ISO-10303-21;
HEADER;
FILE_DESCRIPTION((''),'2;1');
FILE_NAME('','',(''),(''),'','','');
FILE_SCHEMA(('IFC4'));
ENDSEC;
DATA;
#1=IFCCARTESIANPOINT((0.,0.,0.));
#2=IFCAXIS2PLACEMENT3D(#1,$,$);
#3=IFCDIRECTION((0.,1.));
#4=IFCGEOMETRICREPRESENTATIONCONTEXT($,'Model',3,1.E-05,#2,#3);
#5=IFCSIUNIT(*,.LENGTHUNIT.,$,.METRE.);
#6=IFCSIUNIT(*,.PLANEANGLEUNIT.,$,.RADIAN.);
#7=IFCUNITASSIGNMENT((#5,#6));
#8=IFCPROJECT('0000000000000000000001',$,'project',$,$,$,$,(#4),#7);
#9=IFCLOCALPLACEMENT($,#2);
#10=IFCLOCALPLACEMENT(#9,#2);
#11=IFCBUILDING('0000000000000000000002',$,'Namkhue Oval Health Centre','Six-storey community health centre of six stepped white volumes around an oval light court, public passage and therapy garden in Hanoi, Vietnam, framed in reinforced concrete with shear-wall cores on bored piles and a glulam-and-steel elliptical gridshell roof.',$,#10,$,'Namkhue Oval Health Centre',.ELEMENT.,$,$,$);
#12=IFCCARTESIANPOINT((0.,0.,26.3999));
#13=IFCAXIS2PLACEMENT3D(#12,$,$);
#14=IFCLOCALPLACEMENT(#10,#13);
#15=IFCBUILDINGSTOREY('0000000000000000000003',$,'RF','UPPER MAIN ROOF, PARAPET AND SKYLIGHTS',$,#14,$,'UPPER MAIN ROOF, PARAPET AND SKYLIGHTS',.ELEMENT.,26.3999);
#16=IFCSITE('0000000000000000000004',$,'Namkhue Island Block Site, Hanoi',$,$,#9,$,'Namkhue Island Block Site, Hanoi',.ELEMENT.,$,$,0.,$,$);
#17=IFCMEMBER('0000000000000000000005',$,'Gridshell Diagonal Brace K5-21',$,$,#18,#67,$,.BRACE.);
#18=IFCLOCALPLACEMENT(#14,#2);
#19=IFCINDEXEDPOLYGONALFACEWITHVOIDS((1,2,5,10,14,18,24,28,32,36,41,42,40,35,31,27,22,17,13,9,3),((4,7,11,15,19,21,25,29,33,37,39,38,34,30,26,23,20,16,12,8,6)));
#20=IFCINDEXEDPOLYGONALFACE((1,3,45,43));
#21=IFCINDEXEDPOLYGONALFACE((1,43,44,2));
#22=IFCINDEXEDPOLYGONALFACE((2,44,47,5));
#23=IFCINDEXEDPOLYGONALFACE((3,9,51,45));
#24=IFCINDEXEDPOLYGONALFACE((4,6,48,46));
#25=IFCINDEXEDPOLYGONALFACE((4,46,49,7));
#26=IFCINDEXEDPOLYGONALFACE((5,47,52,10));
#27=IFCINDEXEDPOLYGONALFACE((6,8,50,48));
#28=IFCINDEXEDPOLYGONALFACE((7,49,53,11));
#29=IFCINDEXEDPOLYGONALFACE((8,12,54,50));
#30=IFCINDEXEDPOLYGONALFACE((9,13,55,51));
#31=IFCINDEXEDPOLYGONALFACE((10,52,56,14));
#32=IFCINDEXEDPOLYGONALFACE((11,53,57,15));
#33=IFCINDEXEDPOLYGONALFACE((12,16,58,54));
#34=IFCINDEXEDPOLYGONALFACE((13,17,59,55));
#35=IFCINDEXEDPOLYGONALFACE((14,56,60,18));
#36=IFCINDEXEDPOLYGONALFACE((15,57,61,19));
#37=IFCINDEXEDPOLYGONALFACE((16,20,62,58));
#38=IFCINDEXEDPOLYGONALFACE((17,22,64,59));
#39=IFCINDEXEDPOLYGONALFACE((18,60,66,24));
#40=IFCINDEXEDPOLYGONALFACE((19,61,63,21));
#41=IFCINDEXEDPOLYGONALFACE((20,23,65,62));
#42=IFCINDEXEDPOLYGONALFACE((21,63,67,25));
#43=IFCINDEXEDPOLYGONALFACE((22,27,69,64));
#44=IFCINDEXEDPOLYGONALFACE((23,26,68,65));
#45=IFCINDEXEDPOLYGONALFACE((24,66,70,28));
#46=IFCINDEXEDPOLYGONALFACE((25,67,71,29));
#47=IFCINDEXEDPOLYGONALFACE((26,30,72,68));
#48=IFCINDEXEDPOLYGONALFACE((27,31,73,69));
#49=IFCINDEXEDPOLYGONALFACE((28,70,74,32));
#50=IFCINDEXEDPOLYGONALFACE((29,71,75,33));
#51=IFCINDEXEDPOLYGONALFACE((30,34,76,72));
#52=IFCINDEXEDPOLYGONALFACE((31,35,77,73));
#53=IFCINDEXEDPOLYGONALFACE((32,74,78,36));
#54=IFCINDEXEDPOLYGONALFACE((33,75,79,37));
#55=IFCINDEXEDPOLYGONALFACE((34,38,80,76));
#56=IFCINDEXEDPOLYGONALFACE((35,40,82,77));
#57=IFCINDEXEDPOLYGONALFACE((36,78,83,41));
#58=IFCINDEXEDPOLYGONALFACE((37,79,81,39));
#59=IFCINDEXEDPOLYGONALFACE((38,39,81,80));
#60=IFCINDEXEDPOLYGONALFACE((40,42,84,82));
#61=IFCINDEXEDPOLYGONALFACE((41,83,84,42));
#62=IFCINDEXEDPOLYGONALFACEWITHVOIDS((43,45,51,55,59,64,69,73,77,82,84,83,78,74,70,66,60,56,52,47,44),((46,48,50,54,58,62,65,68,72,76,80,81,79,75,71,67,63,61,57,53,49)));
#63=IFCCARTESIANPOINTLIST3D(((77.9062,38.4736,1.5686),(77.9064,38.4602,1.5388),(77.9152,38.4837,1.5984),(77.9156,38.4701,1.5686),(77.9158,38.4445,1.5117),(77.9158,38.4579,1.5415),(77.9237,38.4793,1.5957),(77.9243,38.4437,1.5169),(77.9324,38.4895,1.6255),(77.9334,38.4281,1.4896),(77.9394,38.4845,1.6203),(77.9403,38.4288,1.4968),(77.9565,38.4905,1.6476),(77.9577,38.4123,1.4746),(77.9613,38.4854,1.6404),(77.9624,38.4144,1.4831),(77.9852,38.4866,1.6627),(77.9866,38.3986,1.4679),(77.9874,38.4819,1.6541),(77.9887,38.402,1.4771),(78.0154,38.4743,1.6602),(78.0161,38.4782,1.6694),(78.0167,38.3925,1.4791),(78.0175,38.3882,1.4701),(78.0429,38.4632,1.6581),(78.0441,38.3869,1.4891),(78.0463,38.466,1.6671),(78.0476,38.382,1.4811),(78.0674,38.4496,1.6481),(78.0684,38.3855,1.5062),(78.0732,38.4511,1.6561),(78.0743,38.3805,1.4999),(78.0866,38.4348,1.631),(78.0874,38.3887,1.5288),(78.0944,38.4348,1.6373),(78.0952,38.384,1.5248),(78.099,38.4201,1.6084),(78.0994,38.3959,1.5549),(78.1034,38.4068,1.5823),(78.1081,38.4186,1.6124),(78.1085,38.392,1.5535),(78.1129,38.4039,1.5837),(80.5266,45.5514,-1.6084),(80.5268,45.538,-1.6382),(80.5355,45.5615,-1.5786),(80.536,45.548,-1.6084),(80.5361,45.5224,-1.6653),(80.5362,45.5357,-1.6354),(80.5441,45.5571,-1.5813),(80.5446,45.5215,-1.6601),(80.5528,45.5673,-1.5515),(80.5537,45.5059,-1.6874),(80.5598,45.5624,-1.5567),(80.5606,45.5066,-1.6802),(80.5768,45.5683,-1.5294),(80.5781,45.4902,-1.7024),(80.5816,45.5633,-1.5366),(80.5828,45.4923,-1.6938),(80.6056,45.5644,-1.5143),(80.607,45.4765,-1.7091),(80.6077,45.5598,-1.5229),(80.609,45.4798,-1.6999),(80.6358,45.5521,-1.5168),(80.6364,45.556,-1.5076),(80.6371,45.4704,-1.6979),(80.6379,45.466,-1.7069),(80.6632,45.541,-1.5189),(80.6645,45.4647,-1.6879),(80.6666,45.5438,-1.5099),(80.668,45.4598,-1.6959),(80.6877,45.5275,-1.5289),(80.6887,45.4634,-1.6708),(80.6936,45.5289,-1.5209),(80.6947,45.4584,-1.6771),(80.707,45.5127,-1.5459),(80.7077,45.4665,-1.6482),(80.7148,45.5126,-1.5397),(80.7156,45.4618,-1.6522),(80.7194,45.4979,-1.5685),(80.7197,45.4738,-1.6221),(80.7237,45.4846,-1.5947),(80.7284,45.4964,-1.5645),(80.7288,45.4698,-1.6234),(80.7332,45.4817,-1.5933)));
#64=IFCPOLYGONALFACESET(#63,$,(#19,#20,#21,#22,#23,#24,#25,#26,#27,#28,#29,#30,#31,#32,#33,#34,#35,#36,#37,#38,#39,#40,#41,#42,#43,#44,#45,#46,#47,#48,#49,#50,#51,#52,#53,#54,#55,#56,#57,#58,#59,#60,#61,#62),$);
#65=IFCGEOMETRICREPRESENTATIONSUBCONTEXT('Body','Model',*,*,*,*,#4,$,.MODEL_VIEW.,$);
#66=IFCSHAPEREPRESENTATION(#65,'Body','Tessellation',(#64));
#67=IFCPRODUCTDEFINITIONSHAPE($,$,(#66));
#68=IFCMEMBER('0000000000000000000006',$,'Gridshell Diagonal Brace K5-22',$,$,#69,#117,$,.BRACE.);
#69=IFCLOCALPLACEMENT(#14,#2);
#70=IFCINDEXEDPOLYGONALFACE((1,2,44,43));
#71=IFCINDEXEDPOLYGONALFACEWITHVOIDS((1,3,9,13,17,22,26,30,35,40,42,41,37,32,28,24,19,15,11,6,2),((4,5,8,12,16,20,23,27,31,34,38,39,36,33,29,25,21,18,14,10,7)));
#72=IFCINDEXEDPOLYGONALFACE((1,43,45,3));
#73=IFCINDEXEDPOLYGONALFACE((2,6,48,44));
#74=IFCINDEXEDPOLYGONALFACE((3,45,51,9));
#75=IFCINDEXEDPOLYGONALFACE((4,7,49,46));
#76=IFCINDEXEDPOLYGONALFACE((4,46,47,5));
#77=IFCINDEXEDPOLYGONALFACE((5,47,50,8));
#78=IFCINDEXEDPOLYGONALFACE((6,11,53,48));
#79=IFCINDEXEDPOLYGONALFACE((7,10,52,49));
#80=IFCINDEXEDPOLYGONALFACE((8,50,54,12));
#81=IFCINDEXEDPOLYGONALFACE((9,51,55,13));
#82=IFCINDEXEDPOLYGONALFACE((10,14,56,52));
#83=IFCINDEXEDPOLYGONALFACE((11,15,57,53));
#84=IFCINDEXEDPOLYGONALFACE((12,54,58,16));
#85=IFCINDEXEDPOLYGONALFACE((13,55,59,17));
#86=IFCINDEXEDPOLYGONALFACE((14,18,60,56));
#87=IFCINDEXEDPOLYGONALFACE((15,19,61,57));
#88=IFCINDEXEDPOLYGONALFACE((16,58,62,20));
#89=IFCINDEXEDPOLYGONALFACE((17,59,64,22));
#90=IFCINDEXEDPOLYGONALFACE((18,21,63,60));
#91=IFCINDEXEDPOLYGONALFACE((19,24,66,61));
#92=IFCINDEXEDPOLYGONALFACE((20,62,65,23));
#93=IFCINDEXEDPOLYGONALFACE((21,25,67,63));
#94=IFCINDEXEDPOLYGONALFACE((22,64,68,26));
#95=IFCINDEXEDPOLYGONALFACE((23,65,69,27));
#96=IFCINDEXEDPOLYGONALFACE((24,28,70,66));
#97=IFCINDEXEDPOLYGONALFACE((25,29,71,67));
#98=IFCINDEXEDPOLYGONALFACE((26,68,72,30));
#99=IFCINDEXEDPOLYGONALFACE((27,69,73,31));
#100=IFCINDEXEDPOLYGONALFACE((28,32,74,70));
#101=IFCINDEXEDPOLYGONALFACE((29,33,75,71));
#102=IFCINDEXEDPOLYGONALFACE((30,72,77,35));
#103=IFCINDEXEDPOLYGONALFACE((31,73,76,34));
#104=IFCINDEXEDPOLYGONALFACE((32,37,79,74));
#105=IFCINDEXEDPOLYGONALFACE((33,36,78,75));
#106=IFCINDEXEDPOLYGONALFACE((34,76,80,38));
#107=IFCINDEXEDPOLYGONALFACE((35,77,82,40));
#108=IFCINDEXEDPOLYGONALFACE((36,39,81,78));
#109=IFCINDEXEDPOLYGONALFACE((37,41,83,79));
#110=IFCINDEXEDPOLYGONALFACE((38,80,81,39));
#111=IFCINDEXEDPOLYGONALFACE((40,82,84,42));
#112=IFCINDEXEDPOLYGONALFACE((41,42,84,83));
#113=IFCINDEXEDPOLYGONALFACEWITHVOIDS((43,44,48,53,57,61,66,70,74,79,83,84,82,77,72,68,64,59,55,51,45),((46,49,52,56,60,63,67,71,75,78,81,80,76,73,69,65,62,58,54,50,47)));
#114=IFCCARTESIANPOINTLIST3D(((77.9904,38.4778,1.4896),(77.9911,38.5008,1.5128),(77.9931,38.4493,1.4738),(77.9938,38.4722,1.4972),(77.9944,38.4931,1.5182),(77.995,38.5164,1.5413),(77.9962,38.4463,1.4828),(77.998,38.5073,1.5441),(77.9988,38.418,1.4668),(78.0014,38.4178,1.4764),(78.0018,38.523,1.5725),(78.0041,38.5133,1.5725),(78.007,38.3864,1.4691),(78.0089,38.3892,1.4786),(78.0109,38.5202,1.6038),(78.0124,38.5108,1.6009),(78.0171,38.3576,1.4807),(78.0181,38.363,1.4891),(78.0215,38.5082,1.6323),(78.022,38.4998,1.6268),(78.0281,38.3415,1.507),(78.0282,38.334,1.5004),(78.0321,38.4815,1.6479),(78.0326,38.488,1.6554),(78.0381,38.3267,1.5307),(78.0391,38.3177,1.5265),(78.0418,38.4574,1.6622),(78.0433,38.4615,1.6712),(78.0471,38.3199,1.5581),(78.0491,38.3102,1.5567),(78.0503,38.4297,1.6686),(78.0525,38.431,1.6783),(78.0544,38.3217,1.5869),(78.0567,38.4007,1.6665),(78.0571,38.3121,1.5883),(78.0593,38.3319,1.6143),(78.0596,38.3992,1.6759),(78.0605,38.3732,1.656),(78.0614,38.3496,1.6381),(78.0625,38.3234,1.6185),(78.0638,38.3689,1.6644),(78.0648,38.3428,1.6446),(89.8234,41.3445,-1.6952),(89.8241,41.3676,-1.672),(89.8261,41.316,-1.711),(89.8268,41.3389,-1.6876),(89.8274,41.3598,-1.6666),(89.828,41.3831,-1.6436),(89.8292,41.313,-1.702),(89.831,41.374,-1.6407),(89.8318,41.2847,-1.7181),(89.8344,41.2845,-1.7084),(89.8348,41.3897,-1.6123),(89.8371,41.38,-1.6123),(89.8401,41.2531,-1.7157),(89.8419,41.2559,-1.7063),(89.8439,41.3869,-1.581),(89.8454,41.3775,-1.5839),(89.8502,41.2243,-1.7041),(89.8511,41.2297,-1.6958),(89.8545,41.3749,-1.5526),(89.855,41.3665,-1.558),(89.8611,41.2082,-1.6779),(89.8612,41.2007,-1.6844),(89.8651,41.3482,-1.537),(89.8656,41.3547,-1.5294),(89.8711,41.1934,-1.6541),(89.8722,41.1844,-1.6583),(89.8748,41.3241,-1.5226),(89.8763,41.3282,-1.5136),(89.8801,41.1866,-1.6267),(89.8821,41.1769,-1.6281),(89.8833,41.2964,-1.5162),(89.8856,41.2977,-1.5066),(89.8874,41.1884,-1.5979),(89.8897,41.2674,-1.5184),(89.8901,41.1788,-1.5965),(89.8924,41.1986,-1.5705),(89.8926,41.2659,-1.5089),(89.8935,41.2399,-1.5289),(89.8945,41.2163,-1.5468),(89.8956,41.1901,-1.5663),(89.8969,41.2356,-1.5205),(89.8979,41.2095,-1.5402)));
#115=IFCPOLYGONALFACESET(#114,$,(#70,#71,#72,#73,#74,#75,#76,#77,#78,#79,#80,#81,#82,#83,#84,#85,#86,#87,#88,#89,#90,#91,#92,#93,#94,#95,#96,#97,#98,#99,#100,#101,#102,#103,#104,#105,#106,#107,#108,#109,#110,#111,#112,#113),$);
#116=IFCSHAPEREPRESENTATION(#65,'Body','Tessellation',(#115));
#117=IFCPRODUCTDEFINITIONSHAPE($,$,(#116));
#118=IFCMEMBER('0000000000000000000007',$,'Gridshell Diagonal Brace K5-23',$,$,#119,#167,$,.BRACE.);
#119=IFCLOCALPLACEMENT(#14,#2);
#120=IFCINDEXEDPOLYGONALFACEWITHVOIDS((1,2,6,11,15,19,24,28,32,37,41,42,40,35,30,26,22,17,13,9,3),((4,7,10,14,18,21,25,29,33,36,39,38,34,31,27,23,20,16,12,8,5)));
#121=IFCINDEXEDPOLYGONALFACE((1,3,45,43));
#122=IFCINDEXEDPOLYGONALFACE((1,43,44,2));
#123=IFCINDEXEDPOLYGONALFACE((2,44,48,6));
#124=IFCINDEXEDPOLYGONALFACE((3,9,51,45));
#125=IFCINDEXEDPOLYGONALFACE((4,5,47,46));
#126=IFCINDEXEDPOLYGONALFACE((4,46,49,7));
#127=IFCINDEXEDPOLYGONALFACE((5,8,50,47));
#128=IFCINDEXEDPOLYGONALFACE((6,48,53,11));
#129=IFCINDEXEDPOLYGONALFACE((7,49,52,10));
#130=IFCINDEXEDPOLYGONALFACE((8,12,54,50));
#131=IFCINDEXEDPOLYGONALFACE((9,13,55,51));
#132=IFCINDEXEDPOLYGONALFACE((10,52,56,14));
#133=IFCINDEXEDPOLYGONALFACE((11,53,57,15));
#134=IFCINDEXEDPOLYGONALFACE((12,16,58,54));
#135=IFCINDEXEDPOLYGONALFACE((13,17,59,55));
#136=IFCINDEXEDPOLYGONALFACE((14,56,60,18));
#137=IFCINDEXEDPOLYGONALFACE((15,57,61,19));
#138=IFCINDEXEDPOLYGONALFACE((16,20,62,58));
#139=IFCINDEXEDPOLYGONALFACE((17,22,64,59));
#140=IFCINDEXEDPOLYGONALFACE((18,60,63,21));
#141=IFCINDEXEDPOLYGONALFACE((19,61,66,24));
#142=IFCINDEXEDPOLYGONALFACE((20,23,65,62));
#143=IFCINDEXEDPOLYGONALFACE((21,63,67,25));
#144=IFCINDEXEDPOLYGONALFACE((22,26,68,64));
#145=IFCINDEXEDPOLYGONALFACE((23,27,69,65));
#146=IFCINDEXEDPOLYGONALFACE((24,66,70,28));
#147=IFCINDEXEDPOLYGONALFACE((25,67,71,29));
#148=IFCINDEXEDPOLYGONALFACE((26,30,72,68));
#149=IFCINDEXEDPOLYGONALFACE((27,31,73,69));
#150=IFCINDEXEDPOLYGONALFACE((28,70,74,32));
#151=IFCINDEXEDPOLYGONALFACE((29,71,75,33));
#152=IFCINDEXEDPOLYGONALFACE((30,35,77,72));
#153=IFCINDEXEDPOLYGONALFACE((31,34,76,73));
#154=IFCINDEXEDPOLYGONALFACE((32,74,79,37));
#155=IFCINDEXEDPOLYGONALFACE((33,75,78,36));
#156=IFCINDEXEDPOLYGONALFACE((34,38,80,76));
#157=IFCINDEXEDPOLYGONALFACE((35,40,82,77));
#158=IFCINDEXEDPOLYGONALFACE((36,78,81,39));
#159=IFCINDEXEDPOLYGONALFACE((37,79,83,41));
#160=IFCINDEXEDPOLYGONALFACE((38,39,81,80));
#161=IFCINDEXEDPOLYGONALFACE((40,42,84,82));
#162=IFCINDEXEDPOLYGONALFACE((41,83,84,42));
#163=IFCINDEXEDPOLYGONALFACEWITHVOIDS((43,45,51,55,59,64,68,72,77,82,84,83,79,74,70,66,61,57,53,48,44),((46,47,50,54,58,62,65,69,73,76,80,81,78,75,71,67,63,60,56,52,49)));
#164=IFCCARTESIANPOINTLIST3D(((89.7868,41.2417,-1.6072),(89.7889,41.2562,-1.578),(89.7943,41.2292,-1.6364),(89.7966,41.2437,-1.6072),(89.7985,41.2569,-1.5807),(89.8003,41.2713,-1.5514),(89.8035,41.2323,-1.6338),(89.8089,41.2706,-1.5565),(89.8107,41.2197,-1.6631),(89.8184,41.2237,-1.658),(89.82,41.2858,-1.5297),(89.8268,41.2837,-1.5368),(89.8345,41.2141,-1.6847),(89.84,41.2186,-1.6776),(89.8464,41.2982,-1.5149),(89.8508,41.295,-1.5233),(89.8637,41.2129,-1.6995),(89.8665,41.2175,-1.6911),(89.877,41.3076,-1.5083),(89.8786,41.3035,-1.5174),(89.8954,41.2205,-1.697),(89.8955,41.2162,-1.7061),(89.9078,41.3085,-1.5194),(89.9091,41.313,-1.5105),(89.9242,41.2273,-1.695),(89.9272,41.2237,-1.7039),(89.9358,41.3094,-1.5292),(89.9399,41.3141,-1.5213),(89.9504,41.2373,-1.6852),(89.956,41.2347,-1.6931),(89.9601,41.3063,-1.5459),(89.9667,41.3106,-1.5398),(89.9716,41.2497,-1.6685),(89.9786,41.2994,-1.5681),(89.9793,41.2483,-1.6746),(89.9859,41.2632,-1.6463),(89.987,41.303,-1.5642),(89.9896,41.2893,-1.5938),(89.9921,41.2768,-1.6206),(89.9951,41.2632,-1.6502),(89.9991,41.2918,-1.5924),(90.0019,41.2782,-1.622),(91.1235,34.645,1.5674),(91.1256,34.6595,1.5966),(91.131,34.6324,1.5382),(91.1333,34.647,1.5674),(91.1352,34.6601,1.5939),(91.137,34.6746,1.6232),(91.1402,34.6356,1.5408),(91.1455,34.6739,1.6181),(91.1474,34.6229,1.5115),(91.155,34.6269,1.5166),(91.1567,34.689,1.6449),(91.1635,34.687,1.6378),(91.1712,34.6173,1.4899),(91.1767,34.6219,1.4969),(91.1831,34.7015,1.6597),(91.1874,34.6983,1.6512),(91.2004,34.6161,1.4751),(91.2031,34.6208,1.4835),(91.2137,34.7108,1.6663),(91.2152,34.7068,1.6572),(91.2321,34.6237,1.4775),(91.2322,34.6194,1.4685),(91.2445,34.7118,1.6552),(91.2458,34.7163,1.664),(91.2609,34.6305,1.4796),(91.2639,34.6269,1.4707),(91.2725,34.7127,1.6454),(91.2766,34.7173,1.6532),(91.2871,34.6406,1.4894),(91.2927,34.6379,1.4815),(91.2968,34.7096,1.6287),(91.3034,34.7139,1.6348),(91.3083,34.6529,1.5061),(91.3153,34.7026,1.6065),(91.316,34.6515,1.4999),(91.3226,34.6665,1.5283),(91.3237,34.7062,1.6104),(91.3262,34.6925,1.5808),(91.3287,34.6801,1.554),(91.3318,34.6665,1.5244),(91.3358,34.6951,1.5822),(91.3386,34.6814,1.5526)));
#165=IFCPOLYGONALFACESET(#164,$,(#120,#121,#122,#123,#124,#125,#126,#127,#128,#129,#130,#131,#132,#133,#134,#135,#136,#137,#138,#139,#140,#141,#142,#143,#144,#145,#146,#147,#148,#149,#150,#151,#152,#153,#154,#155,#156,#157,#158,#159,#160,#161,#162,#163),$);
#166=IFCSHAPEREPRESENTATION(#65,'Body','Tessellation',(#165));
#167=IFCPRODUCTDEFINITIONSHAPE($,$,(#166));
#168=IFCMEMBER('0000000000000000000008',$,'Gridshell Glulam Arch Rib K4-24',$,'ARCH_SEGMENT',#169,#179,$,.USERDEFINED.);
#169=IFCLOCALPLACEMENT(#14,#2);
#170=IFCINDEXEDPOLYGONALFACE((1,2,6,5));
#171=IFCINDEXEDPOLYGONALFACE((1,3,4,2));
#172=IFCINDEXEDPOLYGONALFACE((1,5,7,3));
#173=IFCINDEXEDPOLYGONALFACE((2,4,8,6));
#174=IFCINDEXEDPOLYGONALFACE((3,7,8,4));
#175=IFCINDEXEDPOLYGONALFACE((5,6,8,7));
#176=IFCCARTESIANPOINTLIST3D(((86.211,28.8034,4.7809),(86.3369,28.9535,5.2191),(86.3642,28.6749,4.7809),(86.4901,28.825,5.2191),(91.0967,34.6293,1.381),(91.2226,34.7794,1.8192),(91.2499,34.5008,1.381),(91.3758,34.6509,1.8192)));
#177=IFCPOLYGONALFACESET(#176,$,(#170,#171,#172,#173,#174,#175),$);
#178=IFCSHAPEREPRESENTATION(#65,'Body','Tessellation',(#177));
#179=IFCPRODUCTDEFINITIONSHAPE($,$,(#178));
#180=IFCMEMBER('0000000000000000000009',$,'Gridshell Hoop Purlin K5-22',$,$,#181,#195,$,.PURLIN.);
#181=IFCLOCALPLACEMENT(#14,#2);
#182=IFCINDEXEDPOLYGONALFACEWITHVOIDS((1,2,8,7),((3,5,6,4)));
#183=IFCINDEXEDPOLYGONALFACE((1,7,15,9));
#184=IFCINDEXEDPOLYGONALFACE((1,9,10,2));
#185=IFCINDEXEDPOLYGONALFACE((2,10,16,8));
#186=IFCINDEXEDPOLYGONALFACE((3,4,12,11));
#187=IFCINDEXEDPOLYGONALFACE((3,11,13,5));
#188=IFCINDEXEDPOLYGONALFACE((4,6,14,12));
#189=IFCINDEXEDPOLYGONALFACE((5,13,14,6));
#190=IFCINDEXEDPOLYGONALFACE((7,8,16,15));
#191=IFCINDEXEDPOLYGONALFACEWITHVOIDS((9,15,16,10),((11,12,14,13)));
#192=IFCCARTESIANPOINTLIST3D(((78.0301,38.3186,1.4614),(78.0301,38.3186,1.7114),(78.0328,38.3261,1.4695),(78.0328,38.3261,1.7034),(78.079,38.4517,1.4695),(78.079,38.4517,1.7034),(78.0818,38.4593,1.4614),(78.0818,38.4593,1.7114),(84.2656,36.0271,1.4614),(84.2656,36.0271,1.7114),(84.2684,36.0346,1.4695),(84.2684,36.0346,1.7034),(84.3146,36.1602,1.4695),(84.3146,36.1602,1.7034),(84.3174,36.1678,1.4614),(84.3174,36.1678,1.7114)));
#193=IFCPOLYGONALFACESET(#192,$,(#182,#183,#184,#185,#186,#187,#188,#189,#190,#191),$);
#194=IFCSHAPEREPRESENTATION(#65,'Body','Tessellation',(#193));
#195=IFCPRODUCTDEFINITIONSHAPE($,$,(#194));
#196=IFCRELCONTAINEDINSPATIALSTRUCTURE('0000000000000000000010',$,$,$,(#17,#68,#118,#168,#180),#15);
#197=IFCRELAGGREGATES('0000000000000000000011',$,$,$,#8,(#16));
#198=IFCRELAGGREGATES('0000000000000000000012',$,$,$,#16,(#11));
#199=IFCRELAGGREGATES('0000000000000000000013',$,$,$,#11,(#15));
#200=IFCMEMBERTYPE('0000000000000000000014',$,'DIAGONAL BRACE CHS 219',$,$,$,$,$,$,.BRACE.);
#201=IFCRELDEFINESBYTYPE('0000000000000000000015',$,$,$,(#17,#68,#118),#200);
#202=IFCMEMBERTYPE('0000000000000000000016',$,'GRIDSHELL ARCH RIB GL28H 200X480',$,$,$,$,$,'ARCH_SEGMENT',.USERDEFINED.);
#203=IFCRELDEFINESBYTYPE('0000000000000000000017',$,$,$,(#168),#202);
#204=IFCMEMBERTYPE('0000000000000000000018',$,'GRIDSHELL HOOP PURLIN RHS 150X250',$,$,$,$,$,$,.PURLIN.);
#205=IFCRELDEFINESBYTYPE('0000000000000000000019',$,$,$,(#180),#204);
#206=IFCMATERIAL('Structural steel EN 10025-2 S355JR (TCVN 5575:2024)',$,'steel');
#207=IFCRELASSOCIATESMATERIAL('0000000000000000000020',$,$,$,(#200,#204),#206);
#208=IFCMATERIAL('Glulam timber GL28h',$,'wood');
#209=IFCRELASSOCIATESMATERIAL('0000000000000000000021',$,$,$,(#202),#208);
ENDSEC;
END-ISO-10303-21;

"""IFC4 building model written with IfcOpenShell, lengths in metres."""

from ifc_helpers import new_model, si_unit, direction, frame, origin, origin_2d, place, context, subcontext, project, spatial, rectangle, hollow_rectangle, hollow_circle, extrude, material, material_profile, profile_set, type_object, element, save


model = new_model("IFC4")

# Units and contexts
model_context = context("Model", 3, precision=1e-05, world=origin(), true_north=direction((0.0, 1.0)))
body_context = subcontext(model_context, "Body", "Model", "MODEL_VIEW")
ifc_project = project(units=[si_unit("LENGTHUNIT", "METRE"), si_unit("PLANEANGLEUNIT", "RADIAN")], contexts=[model_context])

# Site, building, storey
site_placement = place(None, origin())
site = spatial("IfcSite", under=ifc_project, at=site_placement, Name="Namkhue Island Block Site, Hanoi", LongName="Namkhue Island Block Site, Hanoi", CompositionType="ELEMENT", RefElevation=0.0)
building_placement = place(site_placement, origin())
building = spatial("IfcBuilding", under=site, at=building_placement, Name="Namkhue Oval Health Centre", Description="Six-storey community health centre of six stepped white volumes around an oval light court, public passage and therapy garden in Hanoi, Vietnam, framed in reinforced concrete with shear-wall cores on bored piles and a glulam-and-steel elliptical gridshell roof.", LongName="Namkhue Oval Health Centre", CompositionType="ELEMENT")
storey_placement = place(building_placement, frame((0.0, 0.0, 26.3999)))
storey = spatial("IfcBuildingStorey", under=building, at=storey_placement, Name="RF", Description="UPPER MAIN ROOF, PARAPET AND SKYLIGHTS", LongName="UPPER MAIN ROOF, PARAPET AND SKYLIGHTS", CompositionType="ELEMENT", Elevation=26.3999)

# Members
ifc_material_1 = material(Name="Structural steel EN 10025-2 S355JR (TCVN 5575:2024)", Category="steel")
ifc_material_profile_1 = material_profile(ifc_material_1, hollow_circle(Radius=0.1096, WallThickness=0.01, at=origin_2d()), Name="CHS 219.1x10")
ifc_profile_set_1 = profile_set([ifc_material_profile_1], Name="Structural steel EN 10025-2 S355JR (TCVN 5575:2024)")
member_type_1 = type_object("IfcMemberType", Name="DIAGONAL BRACE CHS 219", PredefinedType="BRACE", material=ifc_profile_set_1)
member_1_placement = place(storey_placement, frame((78.009, 38.4355, 1.5686), z_axis=(0.319994, 0.864339, -0.38797), x_axis=(-0.937795, 0.347189, 0.0)))
element("IfcMember", 1, at=member_1_placement, inside=storey, type_object=member_type_1, Name="Gridshell Diagonal Brace K5-21", PredefinedType="BRACE", context=body_context, shape_type="SweptSolid", body=[
    extrude(hollow_circle(Radius=0.1096, WallThickness=0.01, at=origin_2d()), origin(), (0.0, 0.0, 1.0), 8.1887),
])
member_2_placement = place(storey_placement, frame((78.0276, 38.4165, 1.5725), z_axis=(0.94025, 0.227788, -0.253065), x_axis=(-0.235452, 0.971886, 0.0)))
element("IfcMember", 2, at=member_2_placement, inside=storey, type_object=member_type_1, Name="Gridshell Diagonal Brace K5-22", PredefinedType="BRACE", context=body_context, shape_type="SweptSolid", body=[
    extrude(hollow_circle(Radius=0.1096, WallThickness=0.01, at=origin_2d()), origin(), (0.0, 0.0, 1.0), 12.585),
])
member_3_placement = place(storey_placement, frame((91.231, 34.6667, 1.5674), z_axis=(-0.179616, 0.886433, -0.426584), x_axis=(-0.980082, -0.198592, 0.0)))
element("IfcMember", 3, at=member_3_placement, inside=storey, type_object=member_type_1, Name="Gridshell Diagonal Brace K5-23", PredefinedType="BRACE", context=body_context, shape_type="SweptSolid", body=[
    extrude(hollow_circle(Radius=0.1096, WallThickness=0.01, at=origin_2d()), origin(), (0.0, 0.0, 1.0), 7.4419),
])
ifc_material_2 = material(Name="Glulam timber GL28h", Category="wood")
ifc_material_profile_2 = material_profile(ifc_material_2, rectangle(XDim=0.2, YDim=0.48, at=origin_2d()), Name="GL28h 200x480")
ifc_profile_set_2 = profile_set([ifc_material_profile_2], Name="Glulam timber GL28h")
member_type_2 = type_object("IfcMemberType", Name="GRIDSHELL ARCH RIB GL28H 200X480", ElementType="ARCH_SEGMENT", PredefinedType="USERDEFINED", material=ifc_profile_set_2)
member_4_placement = place(storey_placement, frame((86.3506, 28.8142, 5.0), z_axis=(0.586598, 0.69948, -0.408203), x_axis=(-0.766225, 0.642572, 0.0)))
element("IfcMember", 4, at=member_4_placement, inside=storey, type_object=member_type_2, Name="Gridshell Glulam Arch Rib K4-24", ObjectType="ARCH_SEGMENT", PredefinedType="USERDEFINED", context=body_context, shape_type="SweptSolid", body=[
    extrude(rectangle(XDim=0.2, YDim=0.48, at=origin_2d()), origin(), (0.0, 0.0, 1.0), 8.3289),
])
ifc_material_profile_3 = material_profile(ifc_material_1, hollow_rectangle(XDim=0.1499, YDim=0.25, WallThickness=0.0081, at=origin_2d()), Name="RHS 150x250x8")
ifc_profile_set_3 = profile_set([ifc_material_profile_3], Name="Structural steel EN 10025-2 S355JR (TCVN 5575:2024)")
member_type_3 = type_object("IfcMemberType", Name="GRIDSHELL HOOP PURLIN RHS 150X250", PredefinedType="PURLIN", material=ifc_profile_set_3)
member_5_placement = place(storey_placement, frame((78.0559, 38.3889, 1.5864), z_axis=(0.938627, -0.344934, 0.0), x_axis=(0.344934, 0.938627, 0.0)))
element("IfcMember", 5, at=member_5_placement, inside=storey, type_object=member_type_3, Name="Gridshell Hoop Purlin K5-22", PredefinedType="PURLIN", context=body_context, shape_type="SweptSolid", body=[
    extrude(hollow_rectangle(XDim=0.1499, YDim=0.25, WallThickness=0.0081, at=origin_2d()), origin(), (0.0, 0.0, 1.0), 6.6433),
])

save(model, "model.ifc")
